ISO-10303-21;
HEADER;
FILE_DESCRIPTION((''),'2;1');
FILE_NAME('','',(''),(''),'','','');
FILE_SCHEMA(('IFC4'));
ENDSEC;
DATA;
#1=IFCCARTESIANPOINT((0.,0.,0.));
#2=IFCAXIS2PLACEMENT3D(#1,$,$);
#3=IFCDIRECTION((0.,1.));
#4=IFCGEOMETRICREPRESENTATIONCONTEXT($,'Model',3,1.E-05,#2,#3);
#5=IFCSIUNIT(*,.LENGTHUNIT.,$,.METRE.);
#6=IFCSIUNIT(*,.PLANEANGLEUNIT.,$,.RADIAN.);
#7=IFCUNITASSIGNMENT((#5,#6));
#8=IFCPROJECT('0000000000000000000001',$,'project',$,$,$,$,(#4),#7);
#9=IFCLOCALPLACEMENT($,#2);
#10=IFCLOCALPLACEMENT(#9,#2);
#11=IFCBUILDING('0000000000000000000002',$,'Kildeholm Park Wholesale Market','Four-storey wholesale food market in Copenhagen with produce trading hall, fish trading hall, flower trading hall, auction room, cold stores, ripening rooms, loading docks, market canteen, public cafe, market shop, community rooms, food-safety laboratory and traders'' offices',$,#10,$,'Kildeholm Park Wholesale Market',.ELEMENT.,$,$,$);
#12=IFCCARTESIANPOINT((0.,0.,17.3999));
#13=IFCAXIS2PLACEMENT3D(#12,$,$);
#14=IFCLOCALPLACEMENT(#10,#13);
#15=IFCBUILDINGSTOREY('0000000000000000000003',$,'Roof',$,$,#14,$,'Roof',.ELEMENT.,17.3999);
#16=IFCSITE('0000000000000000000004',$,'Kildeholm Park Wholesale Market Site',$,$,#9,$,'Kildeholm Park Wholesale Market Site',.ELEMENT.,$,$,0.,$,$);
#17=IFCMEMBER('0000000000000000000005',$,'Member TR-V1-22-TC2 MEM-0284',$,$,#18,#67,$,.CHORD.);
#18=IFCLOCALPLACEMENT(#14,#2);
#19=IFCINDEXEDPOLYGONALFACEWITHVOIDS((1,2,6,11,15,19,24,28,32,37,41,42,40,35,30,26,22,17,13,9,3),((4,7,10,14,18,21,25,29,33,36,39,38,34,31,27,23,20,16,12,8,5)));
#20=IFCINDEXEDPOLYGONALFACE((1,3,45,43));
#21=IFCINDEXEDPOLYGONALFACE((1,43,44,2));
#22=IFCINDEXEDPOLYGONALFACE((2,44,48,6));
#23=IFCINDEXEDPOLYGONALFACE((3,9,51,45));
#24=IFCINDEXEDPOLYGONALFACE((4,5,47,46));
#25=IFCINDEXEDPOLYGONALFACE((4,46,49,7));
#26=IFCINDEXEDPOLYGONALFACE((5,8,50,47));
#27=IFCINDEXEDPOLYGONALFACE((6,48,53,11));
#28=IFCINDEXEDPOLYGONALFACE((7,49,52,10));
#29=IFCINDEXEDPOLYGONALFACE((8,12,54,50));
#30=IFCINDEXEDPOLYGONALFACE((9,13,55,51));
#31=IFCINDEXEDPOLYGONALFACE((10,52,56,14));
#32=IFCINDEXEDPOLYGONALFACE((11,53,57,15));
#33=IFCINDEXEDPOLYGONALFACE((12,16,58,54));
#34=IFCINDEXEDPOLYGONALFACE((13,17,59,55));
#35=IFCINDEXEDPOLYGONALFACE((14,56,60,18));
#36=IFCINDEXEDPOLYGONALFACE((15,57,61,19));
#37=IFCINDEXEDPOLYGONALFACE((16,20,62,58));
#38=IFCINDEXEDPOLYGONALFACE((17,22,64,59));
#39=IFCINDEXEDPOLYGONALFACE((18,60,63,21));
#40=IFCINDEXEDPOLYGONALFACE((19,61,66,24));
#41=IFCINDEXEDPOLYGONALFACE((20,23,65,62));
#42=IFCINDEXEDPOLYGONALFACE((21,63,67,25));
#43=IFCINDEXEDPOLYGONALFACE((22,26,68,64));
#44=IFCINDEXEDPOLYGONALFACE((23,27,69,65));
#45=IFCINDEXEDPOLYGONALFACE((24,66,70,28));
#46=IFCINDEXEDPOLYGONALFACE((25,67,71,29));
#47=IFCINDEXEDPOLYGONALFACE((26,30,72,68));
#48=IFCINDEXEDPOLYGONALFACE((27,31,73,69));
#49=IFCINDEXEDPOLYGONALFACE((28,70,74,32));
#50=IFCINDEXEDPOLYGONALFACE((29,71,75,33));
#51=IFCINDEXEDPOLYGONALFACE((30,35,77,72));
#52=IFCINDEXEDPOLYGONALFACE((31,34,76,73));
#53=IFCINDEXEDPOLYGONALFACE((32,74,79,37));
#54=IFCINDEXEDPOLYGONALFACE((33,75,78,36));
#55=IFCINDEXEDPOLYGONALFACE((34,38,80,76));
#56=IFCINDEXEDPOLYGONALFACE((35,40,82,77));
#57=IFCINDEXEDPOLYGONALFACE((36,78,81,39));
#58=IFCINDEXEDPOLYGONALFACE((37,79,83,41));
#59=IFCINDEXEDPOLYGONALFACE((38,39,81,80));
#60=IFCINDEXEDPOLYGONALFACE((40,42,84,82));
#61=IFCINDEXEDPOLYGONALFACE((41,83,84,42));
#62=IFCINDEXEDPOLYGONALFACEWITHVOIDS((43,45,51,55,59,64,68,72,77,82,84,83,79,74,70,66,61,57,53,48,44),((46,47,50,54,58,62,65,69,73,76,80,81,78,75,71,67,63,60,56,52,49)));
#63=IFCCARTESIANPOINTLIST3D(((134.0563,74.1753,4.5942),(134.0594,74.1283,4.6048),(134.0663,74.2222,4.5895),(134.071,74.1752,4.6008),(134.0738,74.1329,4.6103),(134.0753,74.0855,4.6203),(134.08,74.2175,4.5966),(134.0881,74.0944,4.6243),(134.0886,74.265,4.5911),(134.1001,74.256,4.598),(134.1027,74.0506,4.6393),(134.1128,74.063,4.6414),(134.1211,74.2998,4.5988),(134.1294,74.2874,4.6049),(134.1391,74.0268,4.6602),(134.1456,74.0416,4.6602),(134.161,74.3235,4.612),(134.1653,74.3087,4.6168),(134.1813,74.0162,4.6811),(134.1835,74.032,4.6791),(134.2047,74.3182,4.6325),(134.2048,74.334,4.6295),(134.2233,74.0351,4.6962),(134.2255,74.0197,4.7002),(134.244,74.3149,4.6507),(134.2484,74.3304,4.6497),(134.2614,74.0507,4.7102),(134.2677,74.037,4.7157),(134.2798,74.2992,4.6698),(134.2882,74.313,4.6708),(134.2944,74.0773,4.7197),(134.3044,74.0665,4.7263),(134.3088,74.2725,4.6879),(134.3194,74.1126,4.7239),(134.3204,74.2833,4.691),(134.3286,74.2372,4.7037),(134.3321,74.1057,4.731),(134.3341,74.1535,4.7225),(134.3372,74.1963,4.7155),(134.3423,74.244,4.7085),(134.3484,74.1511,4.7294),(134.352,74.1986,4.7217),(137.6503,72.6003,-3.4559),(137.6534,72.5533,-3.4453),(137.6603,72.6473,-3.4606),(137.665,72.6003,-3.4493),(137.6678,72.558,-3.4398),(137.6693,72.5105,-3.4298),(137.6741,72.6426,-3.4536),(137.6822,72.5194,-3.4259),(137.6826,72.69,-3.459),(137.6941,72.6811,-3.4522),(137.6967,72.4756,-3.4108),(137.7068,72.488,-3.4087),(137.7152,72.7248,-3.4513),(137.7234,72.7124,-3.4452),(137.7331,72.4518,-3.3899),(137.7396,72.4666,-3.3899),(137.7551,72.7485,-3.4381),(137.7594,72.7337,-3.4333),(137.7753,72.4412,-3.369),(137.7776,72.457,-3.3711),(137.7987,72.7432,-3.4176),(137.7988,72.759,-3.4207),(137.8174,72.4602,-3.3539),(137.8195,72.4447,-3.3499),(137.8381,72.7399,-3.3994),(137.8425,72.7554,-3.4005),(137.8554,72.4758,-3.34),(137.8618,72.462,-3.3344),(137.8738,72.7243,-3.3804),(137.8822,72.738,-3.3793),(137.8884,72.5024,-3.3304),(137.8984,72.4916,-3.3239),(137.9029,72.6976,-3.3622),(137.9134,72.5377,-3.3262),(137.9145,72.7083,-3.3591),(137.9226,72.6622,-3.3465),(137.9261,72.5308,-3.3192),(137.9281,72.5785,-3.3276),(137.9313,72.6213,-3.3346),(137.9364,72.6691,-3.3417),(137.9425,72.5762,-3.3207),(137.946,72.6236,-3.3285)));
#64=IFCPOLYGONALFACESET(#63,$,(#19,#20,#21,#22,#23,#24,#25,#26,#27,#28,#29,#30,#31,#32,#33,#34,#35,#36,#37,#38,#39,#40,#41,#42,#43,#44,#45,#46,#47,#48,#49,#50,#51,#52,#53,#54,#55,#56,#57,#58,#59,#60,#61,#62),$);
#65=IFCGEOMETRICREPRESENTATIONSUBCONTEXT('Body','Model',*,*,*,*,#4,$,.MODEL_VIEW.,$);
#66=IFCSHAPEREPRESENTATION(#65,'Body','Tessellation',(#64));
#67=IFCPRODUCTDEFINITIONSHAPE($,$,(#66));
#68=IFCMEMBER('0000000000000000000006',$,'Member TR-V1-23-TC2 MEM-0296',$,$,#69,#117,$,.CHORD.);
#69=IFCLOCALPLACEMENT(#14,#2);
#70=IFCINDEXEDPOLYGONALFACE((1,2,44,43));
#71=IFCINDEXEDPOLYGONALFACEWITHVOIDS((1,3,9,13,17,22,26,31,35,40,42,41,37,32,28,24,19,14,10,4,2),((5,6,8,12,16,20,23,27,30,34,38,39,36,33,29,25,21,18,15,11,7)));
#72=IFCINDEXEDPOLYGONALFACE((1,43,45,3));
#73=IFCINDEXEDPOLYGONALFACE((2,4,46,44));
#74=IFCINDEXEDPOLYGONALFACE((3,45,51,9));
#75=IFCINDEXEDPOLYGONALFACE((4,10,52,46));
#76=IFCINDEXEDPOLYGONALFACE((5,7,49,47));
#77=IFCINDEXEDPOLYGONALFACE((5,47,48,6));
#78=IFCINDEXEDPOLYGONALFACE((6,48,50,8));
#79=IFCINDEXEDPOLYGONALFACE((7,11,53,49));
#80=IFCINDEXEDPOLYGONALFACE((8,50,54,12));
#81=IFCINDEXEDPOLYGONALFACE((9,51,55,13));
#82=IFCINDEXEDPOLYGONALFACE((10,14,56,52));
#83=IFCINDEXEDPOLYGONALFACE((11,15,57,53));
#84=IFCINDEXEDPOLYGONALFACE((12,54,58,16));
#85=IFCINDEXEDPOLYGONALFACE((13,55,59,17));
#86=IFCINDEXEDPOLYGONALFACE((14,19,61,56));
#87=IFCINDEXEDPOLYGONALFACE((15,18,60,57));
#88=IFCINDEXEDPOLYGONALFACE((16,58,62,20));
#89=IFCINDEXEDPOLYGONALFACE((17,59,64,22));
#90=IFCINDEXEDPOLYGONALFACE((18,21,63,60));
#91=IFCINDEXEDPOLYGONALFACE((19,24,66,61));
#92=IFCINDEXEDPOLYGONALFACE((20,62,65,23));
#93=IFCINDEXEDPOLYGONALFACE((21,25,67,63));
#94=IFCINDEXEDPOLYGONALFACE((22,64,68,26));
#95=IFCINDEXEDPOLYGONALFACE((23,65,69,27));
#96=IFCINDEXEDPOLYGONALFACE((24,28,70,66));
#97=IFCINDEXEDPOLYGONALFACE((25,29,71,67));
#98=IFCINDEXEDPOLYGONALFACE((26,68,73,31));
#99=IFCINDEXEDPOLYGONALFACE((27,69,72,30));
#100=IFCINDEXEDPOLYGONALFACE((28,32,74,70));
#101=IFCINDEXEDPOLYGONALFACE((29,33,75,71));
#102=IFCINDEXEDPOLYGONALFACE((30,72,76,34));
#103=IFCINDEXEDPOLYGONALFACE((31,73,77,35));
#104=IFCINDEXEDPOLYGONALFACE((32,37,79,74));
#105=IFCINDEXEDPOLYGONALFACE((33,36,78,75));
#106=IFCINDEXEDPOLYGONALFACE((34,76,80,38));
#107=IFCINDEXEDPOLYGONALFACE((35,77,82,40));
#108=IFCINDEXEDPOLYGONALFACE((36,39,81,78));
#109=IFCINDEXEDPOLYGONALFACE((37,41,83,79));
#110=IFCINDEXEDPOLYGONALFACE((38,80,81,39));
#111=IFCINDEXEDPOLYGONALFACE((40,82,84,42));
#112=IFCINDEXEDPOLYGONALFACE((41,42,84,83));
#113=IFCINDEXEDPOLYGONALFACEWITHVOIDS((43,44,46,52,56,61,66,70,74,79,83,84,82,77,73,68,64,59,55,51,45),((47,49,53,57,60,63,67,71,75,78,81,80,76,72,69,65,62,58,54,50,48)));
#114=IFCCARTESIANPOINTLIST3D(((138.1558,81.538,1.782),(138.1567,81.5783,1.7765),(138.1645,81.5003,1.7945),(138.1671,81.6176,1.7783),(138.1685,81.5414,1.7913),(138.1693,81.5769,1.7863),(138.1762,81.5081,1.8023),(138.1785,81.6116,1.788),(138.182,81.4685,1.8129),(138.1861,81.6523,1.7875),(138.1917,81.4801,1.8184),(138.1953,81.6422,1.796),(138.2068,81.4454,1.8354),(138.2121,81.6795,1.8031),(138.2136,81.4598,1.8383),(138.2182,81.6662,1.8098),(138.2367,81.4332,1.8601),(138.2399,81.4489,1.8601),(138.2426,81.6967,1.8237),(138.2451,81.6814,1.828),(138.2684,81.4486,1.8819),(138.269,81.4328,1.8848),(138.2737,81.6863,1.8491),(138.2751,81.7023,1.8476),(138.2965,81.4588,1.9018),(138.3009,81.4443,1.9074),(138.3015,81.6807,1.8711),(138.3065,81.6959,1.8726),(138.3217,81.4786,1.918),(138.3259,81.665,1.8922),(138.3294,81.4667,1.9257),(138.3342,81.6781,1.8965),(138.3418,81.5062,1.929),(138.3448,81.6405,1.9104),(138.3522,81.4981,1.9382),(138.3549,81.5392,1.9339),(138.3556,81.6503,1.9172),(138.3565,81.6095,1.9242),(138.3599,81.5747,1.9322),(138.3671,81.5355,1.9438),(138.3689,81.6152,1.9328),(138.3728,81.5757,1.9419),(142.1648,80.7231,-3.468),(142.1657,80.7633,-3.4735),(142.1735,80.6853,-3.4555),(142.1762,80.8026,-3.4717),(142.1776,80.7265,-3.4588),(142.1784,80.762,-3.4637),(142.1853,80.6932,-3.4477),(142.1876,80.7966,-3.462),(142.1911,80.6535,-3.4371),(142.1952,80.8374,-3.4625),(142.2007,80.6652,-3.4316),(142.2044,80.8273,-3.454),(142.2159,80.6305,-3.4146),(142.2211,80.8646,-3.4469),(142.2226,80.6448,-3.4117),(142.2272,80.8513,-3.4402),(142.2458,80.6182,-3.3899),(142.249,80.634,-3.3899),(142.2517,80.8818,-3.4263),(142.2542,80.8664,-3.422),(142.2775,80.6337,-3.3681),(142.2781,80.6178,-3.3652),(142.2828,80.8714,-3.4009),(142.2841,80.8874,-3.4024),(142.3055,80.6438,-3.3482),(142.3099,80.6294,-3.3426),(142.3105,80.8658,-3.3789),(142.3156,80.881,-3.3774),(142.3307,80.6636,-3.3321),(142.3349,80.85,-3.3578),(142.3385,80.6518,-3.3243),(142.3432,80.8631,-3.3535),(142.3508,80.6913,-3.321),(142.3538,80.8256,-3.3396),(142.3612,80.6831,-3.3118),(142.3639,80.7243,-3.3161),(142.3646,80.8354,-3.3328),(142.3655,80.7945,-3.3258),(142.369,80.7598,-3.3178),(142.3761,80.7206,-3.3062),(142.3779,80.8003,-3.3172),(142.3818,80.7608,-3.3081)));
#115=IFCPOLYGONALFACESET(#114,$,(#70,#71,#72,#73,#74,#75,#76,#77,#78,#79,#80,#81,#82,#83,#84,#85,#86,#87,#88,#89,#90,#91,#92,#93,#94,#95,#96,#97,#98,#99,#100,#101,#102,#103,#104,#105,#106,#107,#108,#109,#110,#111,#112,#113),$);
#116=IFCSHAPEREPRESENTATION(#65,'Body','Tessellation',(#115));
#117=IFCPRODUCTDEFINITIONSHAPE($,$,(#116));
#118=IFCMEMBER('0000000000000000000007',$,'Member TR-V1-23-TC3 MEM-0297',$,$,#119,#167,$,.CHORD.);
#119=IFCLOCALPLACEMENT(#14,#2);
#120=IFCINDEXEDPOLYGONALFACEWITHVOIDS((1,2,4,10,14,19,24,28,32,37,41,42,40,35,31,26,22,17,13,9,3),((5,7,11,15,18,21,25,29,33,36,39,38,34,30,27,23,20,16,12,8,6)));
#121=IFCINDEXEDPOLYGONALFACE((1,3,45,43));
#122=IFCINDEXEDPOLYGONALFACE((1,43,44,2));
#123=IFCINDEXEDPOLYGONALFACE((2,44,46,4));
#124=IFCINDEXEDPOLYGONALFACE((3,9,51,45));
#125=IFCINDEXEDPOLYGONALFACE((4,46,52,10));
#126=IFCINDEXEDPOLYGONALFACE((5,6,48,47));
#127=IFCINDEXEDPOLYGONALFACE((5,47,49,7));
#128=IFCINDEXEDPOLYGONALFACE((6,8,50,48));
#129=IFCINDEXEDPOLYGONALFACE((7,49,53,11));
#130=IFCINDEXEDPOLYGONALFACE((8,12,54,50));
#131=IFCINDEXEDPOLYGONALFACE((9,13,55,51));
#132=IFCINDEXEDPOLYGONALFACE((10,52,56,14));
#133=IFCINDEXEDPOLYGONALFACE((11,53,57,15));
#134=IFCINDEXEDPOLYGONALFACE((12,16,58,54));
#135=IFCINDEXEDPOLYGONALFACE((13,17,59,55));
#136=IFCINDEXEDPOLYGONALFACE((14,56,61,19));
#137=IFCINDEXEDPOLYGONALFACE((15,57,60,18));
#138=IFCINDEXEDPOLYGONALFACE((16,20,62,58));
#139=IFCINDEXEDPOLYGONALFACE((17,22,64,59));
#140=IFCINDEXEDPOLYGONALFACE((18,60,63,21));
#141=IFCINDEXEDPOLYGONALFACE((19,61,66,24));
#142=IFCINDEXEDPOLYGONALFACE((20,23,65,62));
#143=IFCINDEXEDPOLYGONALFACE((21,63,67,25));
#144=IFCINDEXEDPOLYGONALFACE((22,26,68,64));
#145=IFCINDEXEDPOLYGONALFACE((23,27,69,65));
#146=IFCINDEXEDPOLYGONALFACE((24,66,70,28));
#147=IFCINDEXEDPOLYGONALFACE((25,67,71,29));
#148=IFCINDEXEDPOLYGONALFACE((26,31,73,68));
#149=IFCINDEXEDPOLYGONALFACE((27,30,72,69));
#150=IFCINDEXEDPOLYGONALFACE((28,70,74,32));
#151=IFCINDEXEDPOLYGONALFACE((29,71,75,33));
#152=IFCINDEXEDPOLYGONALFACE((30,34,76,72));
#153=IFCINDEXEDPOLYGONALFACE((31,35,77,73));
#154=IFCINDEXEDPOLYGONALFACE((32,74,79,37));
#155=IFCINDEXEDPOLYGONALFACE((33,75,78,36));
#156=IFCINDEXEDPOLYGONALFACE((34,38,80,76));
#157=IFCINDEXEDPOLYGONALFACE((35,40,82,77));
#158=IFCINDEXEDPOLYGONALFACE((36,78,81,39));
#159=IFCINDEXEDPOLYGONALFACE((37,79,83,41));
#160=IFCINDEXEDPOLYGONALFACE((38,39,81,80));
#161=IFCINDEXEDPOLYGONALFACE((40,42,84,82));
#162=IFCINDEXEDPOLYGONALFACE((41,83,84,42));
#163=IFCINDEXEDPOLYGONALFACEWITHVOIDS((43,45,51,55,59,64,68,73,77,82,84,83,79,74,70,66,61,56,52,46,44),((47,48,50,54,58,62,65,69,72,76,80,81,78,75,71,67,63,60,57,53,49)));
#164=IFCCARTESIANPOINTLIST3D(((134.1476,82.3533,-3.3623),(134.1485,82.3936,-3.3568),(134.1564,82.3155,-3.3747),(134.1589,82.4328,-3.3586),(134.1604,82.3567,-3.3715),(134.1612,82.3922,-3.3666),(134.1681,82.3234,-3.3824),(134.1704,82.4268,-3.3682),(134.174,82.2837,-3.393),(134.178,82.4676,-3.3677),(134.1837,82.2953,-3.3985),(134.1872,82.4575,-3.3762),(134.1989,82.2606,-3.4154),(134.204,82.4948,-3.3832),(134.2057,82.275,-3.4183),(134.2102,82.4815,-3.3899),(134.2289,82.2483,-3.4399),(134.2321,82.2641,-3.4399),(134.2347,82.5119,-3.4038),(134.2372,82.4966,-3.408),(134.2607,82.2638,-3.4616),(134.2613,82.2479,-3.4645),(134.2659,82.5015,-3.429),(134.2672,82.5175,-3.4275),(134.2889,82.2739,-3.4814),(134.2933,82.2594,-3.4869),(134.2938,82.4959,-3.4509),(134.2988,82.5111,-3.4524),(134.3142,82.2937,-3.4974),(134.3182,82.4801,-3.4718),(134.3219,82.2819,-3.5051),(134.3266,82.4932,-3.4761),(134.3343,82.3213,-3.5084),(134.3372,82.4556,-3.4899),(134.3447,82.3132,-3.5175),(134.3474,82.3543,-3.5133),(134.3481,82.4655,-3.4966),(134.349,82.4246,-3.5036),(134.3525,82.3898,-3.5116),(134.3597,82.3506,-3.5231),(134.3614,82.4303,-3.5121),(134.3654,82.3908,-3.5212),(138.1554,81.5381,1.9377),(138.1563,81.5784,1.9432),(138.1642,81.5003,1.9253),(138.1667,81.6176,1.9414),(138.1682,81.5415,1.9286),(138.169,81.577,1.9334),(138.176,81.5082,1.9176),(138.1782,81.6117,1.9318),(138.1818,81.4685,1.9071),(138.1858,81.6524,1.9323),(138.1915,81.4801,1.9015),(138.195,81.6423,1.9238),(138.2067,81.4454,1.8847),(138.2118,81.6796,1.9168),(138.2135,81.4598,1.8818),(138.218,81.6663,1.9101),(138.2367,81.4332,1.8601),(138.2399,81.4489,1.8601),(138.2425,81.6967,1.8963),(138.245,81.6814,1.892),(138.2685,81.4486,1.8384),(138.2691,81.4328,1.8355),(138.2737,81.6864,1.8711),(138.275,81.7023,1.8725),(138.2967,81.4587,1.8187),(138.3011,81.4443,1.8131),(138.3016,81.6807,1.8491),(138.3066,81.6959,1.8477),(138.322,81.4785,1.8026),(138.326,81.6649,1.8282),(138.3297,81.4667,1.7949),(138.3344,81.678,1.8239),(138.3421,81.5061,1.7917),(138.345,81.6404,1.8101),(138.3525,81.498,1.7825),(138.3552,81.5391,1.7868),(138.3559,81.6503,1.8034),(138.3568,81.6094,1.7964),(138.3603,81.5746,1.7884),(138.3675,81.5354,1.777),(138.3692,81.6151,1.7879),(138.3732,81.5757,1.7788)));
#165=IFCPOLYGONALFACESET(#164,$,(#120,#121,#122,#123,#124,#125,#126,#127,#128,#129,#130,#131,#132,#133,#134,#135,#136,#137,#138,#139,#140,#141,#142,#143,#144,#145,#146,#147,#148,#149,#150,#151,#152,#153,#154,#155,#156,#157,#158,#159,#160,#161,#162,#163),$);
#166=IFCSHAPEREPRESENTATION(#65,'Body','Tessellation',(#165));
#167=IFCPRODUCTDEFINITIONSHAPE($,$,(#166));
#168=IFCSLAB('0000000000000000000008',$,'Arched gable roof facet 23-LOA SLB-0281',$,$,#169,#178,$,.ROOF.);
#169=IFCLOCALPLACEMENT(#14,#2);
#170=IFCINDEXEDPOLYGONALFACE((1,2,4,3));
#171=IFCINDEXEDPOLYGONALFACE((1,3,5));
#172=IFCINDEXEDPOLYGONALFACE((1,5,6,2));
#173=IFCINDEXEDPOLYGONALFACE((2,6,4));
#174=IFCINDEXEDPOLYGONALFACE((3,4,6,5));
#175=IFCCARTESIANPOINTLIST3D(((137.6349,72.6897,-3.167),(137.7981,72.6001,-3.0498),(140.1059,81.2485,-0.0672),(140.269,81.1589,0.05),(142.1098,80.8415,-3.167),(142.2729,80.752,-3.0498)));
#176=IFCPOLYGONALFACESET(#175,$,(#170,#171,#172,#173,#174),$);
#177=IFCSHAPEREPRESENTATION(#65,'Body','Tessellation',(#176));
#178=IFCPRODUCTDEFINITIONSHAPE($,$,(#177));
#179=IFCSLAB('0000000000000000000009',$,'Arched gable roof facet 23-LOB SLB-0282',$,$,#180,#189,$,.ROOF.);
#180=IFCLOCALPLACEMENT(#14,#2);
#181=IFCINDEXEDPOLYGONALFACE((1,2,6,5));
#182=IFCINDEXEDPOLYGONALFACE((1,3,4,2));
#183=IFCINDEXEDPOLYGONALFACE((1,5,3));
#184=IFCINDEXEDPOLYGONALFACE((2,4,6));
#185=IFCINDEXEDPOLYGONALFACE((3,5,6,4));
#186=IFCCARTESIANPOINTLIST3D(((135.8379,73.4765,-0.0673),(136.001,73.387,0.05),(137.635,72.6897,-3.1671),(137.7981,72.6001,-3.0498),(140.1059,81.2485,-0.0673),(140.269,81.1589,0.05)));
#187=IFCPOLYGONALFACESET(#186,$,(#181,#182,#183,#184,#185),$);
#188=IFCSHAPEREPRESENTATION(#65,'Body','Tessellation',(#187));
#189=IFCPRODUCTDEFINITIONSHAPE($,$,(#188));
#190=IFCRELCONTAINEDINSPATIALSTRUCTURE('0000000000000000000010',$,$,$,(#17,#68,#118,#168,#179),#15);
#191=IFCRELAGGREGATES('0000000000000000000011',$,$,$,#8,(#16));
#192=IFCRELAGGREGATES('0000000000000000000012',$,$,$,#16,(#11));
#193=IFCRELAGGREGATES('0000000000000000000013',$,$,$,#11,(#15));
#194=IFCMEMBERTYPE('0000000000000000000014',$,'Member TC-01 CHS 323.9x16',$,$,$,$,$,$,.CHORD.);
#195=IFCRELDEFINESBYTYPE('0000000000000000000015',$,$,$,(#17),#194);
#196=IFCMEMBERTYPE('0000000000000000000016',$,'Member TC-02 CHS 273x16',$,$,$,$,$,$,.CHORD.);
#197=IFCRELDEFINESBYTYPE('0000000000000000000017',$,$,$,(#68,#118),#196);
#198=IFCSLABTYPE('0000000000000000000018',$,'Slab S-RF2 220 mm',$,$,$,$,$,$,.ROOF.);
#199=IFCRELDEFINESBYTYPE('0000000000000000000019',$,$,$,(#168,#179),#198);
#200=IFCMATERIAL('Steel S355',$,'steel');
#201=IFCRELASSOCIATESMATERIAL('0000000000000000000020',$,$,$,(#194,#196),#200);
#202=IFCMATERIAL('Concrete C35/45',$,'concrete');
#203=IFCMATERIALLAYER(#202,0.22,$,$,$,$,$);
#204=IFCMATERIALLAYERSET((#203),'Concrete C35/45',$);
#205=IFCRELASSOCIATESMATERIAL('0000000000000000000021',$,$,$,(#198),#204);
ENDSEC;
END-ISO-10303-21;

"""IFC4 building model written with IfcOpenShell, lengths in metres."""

from ifc_helpers import new_model, si_unit, direction, frame, origin, origin_2d, place, context, subcontext, project, spatial, polyline, hollow_circle, outline, extrude, material, layer, layer_set, material_profile, profile_set, type_object, element, save


model = new_model("IFC4")

# Units and contexts
model_context = context("Model", 3, precision=1e-05, world=origin(), true_north=direction((0.0, 1.0)))
body_context = subcontext(model_context, "Body", "Model", "MODEL_VIEW")
ifc_project = project(units=[si_unit("LENGTHUNIT", "METRE"), si_unit("PLANEANGLEUNIT", "RADIAN")], contexts=[model_context])

# Site, building, storey
site_placement = place(None, origin())
site = spatial("IfcSite", under=ifc_project, at=site_placement, Name="Kildeholm Park Wholesale Market Site", LongName="Kildeholm Park Wholesale Market Site", CompositionType="ELEMENT", RefElevation=0.0)
building_placement = place(site_placement, origin())
building = spatial("IfcBuilding", under=site, at=building_placement, Name="Kildeholm Park Wholesale Market", Description="Four-storey wholesale food market in Copenhagen with produce trading hall, fish trading hall, flower trading hall, auction room, cold stores, ripening rooms, loading docks, market canteen, public cafe, market shop, community rooms, food-safety laboratory and traders' offices", LongName="Kildeholm Park Wholesale Market", CompositionType="ELEMENT")
storey_placement = place(building_placement, frame((0.0, 0.0, 17.3999)))
storey = spatial("IfcBuildingStorey", under=building, at=storey_placement, Name="Roof", LongName="Roof", CompositionType="ELEMENT", Elevation=17.3999)

# Members
ifc_material_1 = material(Name="Steel S355", Category="steel")
ifc_material_profile_1 = material_profile(ifc_material_1, hollow_circle(Radius=0.1619, WallThickness=0.0161, at=origin_2d()), Name="CHS 323.9x16")
ifc_profile_set_1 = profile_set([ifc_material_profile_1], Name="Steel S355")
member_type_1 = type_object("IfcMemberType", Name="Member TC-01 CHS 323.9x16", PredefinedType="CHORD", material=ifc_profile_set_1)
member_1_placement = place(storey_placement, frame((137.7981, 72.6001, -3.3899), z_axis=(-0.401318, 0.175865, 0.898897), x_axis=(-0.40137, -0.915916, 0.0)))
element("IfcMember", 1, at=member_1_placement, inside=storey, type_object=member_type_1, Name="Member TR-V1-22-TC2 MEM-0284", PredefinedType="CHORD", context=body_context, shape_type="SweptSolid", body=[
    extrude(hollow_circle(Radius=0.1619, WallThickness=0.0161, at=origin_2d()), origin(), (0.0, 0.0, 1.0), 8.9556),
])
ifc_material_profile_2 = material_profile(ifc_material_1, hollow_circle(Radius=0.1365, WallThickness=0.0161, at=origin_2d()), Name="CHS 273x16")
ifc_profile_set_2 = profile_set([ifc_material_profile_2], Name="Steel S355")
member_type_2 = type_object("IfcMemberType", Name="Member TC-02 CHS 273x16", PredefinedType="CHORD", material=ifc_profile_set_2)
member_2_placement = place(storey_placement, frame((142.2729, 80.752, -3.3899), z_axis=(-0.602342, 0.122442, 0.788792), x_axis=(-0.199202, -0.979958, 0.0)))
element("IfcMember", 2, at=member_2_placement, inside=storey, type_object=member_type_2, Name="Member TR-V1-23-TC2 MEM-0296", PredefinedType="CHORD", context=body_context, shape_type="SweptSolid", body=[
    extrude(hollow_circle(Radius=0.1365, WallThickness=0.0161, at=origin_2d()), origin(), (0.0, 0.0, 1.0), 6.6558),
])
member_3_placement = place(storey_placement, frame((138.2639, 81.5669, 1.8601), z_axis=(-0.598664, 0.121768, -0.791691), x_axis=(-0.199318, -0.979935, 0.0)))
element("IfcMember", 3, at=member_3_placement, inside=storey, type_object=member_type_2, Name="Member TR-V1-23-TC3 MEM-0297", PredefinedType="CHORD", context=body_context, shape_type="SweptSolid", body=[
    extrude(hollow_circle(Radius=0.1365, WallThickness=0.0161, at=origin_2d()), origin(), (0.0, 0.0, 1.0), 6.6946),
])

# Slabs
ifc_material_2 = material(Name="Concrete C35/45", Category="concrete")
ifc_layer_1 = layer(ifc_material_2, 0.22)
ifc_layer_set_1 = layer_set([ifc_layer_1], Name="Concrete C35/45")
slab_type = type_object("IfcSlabType", Name="Slab S-RF2 220 mm", PredefinedType="ROOF", material=ifc_layer_set_1)
slab_1_placement = place(storey_placement, frame((137.7981, 72.6001, -3.0498), z_axis=(0.741737, -0.407167, 0.532955), x_axis=(0.481203, 0.876609, 0.0)))
element("IfcSlab", 4, at=slab_1_placement, inside=storey, type_object=slab_type, Name="Arched gable roof facet 23-LOA SLB-0281", PredefinedType="ROOF", context=body_context, shape_type="SweptSolid", body=[
    extrude(outline(polyline([(0.0, 0.0), (9.2993, 0.0), (8.6918, 3.6635), (0.0, 0.0)])), origin(), (0.0, 0.0, -1.0), 0.22),
])
slab_2_placement = place(storey_placement, frame((137.7981, 72.6001, -3.0498), z_axis=(0.741505, -0.407206, 0.533248), x_axis=(0.261966, 0.907396, 0.328642)))
element("IfcSlab", 5, at=slab_2_placement, inside=storey, type_object=slab_type, Name="Arched gable roof facet 23-LOB SLB-0282", PredefinedType="ROOF", context=body_context, shape_type="SweptSolid", body=[
    extrude(outline(polyline([(0.0, 0.0), (9.4323, 0.0), (1.262, 3.4446), (0.0, 0.0)])), origin(), (0.0, 0.0, -1.0), 0.22),
])

save(model, "model.ifc")
